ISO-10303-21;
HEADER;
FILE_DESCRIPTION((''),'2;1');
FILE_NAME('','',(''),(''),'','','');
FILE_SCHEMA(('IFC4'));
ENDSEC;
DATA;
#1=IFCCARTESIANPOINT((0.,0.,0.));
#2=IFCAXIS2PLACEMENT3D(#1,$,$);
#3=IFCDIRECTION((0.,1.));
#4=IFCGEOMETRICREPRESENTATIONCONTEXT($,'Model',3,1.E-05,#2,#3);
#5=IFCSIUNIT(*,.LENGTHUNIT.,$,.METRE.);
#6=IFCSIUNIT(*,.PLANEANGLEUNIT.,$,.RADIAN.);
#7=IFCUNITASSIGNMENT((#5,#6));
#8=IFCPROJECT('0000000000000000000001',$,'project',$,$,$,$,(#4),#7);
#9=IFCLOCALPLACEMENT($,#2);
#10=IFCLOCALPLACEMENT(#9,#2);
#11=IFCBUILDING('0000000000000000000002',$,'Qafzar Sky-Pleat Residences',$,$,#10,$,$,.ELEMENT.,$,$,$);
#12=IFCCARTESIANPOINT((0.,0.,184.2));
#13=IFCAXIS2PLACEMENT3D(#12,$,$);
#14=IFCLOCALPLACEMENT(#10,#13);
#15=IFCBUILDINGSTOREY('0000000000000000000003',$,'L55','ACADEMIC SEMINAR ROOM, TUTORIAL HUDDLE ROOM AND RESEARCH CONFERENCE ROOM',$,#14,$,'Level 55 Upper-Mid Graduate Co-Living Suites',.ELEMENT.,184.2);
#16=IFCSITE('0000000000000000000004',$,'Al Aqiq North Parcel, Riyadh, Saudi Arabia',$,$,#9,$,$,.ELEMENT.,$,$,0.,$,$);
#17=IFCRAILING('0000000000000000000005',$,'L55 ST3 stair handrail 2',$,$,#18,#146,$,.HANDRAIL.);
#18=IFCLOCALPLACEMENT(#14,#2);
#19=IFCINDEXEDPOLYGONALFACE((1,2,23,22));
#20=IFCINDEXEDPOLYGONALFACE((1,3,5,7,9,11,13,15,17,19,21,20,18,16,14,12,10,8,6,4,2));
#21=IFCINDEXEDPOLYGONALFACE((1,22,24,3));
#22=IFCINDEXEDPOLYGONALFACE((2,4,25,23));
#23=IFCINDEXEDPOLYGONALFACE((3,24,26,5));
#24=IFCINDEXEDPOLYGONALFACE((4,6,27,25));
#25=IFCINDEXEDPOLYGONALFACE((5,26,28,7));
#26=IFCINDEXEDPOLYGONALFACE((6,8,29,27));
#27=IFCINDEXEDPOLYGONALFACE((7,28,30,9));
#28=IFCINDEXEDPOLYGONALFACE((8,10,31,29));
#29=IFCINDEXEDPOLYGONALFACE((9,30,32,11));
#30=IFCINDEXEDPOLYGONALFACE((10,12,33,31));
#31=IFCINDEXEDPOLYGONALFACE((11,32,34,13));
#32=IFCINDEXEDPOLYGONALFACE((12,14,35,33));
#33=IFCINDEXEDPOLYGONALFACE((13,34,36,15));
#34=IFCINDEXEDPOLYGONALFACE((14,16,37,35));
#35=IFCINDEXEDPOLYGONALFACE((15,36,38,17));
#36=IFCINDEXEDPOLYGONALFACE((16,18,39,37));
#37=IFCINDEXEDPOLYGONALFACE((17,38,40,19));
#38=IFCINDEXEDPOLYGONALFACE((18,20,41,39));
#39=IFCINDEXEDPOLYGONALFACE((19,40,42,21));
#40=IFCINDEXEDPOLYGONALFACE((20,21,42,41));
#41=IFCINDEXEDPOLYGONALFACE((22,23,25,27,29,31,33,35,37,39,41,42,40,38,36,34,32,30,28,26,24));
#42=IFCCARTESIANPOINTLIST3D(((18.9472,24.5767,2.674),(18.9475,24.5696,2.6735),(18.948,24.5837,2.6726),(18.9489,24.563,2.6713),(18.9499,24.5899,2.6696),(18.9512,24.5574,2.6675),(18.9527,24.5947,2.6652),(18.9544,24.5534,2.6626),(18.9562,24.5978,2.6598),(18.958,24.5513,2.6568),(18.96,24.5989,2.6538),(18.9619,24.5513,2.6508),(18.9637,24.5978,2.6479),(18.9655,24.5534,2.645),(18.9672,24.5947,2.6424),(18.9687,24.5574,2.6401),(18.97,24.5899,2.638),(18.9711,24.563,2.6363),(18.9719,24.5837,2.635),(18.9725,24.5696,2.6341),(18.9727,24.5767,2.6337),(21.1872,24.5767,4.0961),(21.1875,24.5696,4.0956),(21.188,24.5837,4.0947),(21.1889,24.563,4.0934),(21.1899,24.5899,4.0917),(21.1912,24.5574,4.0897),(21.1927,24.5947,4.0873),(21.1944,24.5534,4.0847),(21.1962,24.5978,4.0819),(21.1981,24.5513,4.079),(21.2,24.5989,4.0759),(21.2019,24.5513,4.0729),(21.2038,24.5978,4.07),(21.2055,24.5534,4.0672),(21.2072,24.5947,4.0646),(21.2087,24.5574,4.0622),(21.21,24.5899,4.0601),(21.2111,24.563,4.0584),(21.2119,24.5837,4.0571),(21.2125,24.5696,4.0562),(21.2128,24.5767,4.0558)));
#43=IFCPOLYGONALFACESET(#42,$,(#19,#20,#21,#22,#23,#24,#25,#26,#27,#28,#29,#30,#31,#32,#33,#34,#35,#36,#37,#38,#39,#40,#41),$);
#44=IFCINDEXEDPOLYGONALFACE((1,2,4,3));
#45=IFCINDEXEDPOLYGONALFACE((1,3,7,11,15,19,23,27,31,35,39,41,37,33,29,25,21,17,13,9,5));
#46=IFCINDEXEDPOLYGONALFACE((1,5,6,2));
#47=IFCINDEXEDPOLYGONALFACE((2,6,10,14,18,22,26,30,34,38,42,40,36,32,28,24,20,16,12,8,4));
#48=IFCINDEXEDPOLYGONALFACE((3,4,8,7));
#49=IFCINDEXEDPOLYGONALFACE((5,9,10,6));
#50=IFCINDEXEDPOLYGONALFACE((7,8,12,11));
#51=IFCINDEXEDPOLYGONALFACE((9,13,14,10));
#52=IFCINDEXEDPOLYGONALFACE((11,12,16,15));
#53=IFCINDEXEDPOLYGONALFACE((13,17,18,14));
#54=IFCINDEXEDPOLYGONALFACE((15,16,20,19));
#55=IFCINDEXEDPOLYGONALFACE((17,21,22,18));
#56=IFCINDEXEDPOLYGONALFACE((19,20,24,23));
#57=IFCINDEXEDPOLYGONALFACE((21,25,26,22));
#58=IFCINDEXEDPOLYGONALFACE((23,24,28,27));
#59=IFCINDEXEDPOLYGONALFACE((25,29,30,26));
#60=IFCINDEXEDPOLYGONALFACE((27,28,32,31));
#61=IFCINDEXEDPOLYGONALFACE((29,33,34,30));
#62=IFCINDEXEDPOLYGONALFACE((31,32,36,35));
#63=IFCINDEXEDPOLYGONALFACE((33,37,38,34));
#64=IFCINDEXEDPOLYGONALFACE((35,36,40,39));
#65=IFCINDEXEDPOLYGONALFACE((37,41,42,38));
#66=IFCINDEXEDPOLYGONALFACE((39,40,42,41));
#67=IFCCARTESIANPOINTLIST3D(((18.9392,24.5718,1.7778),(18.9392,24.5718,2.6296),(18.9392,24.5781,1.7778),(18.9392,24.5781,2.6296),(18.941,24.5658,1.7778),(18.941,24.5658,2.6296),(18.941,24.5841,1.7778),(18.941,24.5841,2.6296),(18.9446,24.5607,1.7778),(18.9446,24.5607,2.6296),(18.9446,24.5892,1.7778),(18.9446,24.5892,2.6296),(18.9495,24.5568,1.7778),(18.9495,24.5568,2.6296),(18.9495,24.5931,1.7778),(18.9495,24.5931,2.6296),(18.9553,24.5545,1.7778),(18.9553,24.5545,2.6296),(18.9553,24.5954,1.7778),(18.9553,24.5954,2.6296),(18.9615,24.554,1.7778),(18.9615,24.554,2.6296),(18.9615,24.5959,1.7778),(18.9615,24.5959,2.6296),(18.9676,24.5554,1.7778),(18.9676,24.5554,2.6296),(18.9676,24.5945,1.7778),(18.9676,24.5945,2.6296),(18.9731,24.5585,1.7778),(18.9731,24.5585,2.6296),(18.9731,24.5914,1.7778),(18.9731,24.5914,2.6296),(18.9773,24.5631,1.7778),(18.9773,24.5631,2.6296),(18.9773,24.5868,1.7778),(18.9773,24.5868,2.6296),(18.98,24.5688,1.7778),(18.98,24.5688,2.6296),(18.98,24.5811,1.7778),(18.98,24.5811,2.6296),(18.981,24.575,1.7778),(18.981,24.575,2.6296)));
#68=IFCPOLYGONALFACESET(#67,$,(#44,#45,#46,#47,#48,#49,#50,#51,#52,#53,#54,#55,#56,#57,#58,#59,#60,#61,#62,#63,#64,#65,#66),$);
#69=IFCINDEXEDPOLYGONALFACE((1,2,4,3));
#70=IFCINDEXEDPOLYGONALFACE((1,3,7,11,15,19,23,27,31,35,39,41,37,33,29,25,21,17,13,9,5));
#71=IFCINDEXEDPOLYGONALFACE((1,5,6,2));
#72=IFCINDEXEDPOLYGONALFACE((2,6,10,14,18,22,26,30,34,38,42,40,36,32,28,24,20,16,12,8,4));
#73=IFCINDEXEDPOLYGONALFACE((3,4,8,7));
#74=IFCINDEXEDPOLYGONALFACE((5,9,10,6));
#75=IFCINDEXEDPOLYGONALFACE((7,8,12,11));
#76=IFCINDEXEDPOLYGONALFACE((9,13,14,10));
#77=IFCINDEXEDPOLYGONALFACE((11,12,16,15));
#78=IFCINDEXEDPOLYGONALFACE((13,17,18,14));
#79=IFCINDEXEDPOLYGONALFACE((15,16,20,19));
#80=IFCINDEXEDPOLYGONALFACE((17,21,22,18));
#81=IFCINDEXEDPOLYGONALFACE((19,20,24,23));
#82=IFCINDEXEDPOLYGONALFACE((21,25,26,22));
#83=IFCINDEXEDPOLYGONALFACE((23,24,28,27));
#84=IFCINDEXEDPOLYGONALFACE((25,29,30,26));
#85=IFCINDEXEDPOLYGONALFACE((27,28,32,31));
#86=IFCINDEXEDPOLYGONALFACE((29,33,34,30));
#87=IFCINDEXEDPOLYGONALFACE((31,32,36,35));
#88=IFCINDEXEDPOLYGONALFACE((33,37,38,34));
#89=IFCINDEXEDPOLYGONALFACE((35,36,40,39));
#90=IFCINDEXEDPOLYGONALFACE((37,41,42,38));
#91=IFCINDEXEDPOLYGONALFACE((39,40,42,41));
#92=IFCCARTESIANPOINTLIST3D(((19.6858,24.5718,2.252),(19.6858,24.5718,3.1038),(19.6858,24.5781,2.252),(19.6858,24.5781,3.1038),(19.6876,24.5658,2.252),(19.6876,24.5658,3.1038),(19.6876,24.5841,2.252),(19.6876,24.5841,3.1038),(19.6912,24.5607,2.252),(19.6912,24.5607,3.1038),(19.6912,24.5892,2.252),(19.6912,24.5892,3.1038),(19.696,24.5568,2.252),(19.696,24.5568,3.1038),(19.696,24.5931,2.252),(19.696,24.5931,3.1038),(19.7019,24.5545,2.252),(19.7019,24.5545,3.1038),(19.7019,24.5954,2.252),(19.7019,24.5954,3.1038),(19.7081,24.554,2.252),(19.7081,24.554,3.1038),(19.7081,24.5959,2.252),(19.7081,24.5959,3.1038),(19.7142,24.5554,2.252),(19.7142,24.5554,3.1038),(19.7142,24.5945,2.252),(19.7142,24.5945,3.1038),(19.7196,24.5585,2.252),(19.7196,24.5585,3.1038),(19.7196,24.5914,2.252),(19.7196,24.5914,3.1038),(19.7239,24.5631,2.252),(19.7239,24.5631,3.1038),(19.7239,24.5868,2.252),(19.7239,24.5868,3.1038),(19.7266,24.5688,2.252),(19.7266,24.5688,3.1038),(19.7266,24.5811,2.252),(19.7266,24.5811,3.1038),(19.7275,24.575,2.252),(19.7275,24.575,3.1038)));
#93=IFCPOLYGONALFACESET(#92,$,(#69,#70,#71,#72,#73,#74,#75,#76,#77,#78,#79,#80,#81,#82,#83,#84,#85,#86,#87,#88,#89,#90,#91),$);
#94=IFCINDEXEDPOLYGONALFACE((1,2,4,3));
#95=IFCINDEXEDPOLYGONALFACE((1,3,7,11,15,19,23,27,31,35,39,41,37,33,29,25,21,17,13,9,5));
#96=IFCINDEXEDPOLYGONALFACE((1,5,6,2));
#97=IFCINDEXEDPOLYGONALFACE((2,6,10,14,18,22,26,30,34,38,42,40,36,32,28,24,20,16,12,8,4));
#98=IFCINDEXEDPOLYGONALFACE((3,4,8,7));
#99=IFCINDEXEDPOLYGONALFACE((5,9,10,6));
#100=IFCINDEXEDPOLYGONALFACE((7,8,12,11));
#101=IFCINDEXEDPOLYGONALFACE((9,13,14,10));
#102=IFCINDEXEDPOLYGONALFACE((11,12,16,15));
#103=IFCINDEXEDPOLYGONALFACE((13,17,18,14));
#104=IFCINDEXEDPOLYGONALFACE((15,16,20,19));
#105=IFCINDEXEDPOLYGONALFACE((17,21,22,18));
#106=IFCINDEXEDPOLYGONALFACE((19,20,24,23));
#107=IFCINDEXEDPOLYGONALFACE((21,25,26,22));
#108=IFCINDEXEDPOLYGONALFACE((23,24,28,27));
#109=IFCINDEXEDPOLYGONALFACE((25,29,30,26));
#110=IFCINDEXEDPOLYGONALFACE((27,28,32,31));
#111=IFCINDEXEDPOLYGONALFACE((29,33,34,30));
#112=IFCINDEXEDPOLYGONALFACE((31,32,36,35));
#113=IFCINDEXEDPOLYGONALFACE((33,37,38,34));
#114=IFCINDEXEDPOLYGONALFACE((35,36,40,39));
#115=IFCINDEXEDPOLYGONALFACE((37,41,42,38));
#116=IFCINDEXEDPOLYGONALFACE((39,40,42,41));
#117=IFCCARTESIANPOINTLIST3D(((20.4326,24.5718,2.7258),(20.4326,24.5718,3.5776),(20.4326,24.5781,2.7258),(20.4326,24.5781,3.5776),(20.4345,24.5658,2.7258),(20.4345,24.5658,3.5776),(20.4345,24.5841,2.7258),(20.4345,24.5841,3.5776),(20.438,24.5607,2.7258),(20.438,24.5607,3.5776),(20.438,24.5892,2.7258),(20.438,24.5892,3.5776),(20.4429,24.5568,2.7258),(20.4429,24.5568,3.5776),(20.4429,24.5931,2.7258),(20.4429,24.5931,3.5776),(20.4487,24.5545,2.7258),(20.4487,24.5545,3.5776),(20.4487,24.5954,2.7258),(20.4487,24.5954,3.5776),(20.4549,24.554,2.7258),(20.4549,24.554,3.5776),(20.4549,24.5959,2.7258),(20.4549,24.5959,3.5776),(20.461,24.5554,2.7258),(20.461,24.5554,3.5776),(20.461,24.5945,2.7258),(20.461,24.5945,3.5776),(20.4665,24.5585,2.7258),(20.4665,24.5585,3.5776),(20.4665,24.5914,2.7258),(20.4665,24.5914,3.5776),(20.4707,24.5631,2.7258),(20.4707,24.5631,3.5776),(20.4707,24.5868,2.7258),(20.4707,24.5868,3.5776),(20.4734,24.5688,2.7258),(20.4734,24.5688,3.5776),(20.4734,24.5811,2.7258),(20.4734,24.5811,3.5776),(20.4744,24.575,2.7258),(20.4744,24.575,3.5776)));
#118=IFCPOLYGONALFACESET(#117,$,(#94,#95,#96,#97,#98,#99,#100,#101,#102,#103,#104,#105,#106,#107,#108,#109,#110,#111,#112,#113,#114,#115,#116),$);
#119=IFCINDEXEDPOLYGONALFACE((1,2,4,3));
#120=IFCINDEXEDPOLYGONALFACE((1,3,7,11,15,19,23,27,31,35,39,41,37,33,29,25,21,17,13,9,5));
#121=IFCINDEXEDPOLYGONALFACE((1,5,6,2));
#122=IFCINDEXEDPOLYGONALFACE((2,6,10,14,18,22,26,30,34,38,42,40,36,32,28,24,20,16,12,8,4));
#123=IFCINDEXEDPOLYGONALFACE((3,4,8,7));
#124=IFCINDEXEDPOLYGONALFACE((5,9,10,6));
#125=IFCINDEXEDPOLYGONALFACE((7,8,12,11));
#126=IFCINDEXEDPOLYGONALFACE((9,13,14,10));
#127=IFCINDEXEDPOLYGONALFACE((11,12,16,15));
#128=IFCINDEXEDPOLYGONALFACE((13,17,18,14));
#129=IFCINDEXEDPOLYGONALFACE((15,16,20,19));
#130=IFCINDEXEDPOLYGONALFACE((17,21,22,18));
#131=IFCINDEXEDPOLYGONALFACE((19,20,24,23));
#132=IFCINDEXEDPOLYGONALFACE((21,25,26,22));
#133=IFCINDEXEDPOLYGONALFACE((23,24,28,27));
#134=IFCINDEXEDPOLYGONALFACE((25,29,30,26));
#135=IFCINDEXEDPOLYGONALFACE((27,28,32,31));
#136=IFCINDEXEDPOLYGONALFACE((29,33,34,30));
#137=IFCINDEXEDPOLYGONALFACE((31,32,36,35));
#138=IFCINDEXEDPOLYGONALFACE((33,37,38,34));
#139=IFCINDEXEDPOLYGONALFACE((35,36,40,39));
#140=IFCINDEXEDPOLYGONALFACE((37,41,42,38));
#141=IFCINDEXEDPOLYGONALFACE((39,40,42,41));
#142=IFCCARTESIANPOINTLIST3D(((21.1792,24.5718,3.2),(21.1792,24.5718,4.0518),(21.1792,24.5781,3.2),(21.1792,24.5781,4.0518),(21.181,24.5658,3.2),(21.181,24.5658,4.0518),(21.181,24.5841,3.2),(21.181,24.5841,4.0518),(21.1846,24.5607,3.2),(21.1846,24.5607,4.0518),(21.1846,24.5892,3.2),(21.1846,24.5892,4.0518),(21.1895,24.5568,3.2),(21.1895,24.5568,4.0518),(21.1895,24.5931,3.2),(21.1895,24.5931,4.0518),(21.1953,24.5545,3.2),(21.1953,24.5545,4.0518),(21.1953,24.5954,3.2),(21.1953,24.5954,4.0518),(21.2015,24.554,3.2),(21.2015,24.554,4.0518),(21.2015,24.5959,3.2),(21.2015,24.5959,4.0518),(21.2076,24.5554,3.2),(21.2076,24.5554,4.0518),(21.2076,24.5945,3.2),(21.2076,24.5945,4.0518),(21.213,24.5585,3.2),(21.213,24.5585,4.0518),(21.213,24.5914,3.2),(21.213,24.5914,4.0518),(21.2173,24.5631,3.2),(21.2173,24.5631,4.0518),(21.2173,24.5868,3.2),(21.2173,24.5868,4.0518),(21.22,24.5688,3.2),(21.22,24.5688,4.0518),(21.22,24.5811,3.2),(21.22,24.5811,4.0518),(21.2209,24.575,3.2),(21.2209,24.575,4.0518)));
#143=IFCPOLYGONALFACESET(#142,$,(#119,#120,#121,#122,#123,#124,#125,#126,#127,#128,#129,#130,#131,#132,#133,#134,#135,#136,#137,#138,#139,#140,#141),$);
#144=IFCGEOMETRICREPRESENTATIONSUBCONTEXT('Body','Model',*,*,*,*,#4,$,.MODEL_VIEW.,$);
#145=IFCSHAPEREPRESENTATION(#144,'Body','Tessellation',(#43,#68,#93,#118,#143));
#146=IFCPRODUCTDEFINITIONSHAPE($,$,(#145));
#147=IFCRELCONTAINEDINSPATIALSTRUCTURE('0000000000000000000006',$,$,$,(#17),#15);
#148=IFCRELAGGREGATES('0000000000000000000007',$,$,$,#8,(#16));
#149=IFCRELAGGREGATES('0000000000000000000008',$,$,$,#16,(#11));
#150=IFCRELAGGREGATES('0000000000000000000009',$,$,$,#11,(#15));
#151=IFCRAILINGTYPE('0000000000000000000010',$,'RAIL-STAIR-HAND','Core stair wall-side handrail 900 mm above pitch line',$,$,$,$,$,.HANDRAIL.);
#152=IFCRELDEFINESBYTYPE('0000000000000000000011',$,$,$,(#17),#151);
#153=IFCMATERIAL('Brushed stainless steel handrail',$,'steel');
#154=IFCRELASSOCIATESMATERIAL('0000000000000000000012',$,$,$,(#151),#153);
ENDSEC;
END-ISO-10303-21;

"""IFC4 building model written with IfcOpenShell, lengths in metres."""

from ifc_helpers import new_model, si_unit, direction, frame, origin, origin_2d, place, context, subcontext, project, spatial, circle, extrude, source, transform, mapped, material, type_object, element, save


model = new_model("IFC4")

# Units and contexts
model_context = context("Model", 3, precision=1e-05, world=origin(), true_north=direction((0.0, 1.0)))
body_context = subcontext(model_context, "Body", "Model", "MODEL_VIEW")
ifc_project = project(units=[si_unit("LENGTHUNIT", "METRE"), si_unit("PLANEANGLEUNIT", "RADIAN")], contexts=[model_context])

# Site, building, storey
site_placement = place(None, origin())
site = spatial("IfcSite", under=ifc_project, at=site_placement, Name="Al Aqiq North Parcel, Riyadh, Saudi Arabia", CompositionType="ELEMENT", RefElevation=0.0)
building_placement = place(site_placement, origin())
building = spatial("IfcBuilding", under=site, at=building_placement, Name="Qafzar Sky-Pleat Residences", CompositionType="ELEMENT")
storey_placement = place(building_placement, frame((0.0, 0.0, 184.2)))
storey = spatial("IfcBuildingStorey", under=building, at=storey_placement, Name="L55", Description="ACADEMIC SEMINAR ROOM, TUTORIAL HUDDLE ROOM AND RESEARCH CONFERENCE ROOM", LongName="Level 55 Upper-Mid Graduate Co-Living Suites", CompositionType="ELEMENT", Elevation=184.2)

# Railing
ifc_material_1 = material(Name="Brushed stainless steel handrail", Category="steel")
railing_type_1 = type_object("IfcRailingType", Name="RAIL-STAIR-HAND", Description="Core stair wall-side handrail 900 mm above pitch line", PredefinedType="HANDRAIL", material=ifc_material_1)
shared_shape_1 = source(origin(), body_context, "Body", "SweptSolid", [
    extrude(circle(Radius=0.0239, at=origin_2d()), frame((0.0, 0.0, 0.876), z_axis=(0.844229, 0.0, 0.535982), x_axis=(0.0, 1.0, 0.0)), (0.0, 0.0, 1.0), 2.6533),
    extrude(circle(Radius=0.021, at=origin_2d()), origin(), (0.0, 0.0, 1.0), 0.8518),
    extrude(circle(Radius=0.021, at=origin_2d()), frame((0.7466, 0.0, 0.4741)), (0.0, 0.0, 1.0), 0.8518),
    extrude(circle(Radius=0.021, at=origin_2d()), frame((1.4934, 0.0, 0.948)), (0.0, 0.0, 1.0), 0.8518),
    extrude(circle(Radius=0.021, at=origin_2d()), frame((2.24, 0.0, 1.4221)), (0.0, 0.0, 1.0), 0.8518),
])
railing_1_placement = place(storey_placement, frame((18.96, 24.575, 1.7778)))
element("IfcRailing", 1, at=railing_1_placement, inside=storey, type_object=railing_type_1, Name="L55 ST3 stair handrail 2", PredefinedType="HANDRAIL", context=body_context, shape_type="MappedRepresentation", body=[
    mapped(shared_shape_1, transform((0.0, 0.0, 0.0), x_axis=(1.0, 0.0, 0.0), y_axis=(0.0, 1.0, 0.0), z_axis=(0.0, 0.0, 1.0), scale=1.0)),
])

save(model, "model.ifc")
